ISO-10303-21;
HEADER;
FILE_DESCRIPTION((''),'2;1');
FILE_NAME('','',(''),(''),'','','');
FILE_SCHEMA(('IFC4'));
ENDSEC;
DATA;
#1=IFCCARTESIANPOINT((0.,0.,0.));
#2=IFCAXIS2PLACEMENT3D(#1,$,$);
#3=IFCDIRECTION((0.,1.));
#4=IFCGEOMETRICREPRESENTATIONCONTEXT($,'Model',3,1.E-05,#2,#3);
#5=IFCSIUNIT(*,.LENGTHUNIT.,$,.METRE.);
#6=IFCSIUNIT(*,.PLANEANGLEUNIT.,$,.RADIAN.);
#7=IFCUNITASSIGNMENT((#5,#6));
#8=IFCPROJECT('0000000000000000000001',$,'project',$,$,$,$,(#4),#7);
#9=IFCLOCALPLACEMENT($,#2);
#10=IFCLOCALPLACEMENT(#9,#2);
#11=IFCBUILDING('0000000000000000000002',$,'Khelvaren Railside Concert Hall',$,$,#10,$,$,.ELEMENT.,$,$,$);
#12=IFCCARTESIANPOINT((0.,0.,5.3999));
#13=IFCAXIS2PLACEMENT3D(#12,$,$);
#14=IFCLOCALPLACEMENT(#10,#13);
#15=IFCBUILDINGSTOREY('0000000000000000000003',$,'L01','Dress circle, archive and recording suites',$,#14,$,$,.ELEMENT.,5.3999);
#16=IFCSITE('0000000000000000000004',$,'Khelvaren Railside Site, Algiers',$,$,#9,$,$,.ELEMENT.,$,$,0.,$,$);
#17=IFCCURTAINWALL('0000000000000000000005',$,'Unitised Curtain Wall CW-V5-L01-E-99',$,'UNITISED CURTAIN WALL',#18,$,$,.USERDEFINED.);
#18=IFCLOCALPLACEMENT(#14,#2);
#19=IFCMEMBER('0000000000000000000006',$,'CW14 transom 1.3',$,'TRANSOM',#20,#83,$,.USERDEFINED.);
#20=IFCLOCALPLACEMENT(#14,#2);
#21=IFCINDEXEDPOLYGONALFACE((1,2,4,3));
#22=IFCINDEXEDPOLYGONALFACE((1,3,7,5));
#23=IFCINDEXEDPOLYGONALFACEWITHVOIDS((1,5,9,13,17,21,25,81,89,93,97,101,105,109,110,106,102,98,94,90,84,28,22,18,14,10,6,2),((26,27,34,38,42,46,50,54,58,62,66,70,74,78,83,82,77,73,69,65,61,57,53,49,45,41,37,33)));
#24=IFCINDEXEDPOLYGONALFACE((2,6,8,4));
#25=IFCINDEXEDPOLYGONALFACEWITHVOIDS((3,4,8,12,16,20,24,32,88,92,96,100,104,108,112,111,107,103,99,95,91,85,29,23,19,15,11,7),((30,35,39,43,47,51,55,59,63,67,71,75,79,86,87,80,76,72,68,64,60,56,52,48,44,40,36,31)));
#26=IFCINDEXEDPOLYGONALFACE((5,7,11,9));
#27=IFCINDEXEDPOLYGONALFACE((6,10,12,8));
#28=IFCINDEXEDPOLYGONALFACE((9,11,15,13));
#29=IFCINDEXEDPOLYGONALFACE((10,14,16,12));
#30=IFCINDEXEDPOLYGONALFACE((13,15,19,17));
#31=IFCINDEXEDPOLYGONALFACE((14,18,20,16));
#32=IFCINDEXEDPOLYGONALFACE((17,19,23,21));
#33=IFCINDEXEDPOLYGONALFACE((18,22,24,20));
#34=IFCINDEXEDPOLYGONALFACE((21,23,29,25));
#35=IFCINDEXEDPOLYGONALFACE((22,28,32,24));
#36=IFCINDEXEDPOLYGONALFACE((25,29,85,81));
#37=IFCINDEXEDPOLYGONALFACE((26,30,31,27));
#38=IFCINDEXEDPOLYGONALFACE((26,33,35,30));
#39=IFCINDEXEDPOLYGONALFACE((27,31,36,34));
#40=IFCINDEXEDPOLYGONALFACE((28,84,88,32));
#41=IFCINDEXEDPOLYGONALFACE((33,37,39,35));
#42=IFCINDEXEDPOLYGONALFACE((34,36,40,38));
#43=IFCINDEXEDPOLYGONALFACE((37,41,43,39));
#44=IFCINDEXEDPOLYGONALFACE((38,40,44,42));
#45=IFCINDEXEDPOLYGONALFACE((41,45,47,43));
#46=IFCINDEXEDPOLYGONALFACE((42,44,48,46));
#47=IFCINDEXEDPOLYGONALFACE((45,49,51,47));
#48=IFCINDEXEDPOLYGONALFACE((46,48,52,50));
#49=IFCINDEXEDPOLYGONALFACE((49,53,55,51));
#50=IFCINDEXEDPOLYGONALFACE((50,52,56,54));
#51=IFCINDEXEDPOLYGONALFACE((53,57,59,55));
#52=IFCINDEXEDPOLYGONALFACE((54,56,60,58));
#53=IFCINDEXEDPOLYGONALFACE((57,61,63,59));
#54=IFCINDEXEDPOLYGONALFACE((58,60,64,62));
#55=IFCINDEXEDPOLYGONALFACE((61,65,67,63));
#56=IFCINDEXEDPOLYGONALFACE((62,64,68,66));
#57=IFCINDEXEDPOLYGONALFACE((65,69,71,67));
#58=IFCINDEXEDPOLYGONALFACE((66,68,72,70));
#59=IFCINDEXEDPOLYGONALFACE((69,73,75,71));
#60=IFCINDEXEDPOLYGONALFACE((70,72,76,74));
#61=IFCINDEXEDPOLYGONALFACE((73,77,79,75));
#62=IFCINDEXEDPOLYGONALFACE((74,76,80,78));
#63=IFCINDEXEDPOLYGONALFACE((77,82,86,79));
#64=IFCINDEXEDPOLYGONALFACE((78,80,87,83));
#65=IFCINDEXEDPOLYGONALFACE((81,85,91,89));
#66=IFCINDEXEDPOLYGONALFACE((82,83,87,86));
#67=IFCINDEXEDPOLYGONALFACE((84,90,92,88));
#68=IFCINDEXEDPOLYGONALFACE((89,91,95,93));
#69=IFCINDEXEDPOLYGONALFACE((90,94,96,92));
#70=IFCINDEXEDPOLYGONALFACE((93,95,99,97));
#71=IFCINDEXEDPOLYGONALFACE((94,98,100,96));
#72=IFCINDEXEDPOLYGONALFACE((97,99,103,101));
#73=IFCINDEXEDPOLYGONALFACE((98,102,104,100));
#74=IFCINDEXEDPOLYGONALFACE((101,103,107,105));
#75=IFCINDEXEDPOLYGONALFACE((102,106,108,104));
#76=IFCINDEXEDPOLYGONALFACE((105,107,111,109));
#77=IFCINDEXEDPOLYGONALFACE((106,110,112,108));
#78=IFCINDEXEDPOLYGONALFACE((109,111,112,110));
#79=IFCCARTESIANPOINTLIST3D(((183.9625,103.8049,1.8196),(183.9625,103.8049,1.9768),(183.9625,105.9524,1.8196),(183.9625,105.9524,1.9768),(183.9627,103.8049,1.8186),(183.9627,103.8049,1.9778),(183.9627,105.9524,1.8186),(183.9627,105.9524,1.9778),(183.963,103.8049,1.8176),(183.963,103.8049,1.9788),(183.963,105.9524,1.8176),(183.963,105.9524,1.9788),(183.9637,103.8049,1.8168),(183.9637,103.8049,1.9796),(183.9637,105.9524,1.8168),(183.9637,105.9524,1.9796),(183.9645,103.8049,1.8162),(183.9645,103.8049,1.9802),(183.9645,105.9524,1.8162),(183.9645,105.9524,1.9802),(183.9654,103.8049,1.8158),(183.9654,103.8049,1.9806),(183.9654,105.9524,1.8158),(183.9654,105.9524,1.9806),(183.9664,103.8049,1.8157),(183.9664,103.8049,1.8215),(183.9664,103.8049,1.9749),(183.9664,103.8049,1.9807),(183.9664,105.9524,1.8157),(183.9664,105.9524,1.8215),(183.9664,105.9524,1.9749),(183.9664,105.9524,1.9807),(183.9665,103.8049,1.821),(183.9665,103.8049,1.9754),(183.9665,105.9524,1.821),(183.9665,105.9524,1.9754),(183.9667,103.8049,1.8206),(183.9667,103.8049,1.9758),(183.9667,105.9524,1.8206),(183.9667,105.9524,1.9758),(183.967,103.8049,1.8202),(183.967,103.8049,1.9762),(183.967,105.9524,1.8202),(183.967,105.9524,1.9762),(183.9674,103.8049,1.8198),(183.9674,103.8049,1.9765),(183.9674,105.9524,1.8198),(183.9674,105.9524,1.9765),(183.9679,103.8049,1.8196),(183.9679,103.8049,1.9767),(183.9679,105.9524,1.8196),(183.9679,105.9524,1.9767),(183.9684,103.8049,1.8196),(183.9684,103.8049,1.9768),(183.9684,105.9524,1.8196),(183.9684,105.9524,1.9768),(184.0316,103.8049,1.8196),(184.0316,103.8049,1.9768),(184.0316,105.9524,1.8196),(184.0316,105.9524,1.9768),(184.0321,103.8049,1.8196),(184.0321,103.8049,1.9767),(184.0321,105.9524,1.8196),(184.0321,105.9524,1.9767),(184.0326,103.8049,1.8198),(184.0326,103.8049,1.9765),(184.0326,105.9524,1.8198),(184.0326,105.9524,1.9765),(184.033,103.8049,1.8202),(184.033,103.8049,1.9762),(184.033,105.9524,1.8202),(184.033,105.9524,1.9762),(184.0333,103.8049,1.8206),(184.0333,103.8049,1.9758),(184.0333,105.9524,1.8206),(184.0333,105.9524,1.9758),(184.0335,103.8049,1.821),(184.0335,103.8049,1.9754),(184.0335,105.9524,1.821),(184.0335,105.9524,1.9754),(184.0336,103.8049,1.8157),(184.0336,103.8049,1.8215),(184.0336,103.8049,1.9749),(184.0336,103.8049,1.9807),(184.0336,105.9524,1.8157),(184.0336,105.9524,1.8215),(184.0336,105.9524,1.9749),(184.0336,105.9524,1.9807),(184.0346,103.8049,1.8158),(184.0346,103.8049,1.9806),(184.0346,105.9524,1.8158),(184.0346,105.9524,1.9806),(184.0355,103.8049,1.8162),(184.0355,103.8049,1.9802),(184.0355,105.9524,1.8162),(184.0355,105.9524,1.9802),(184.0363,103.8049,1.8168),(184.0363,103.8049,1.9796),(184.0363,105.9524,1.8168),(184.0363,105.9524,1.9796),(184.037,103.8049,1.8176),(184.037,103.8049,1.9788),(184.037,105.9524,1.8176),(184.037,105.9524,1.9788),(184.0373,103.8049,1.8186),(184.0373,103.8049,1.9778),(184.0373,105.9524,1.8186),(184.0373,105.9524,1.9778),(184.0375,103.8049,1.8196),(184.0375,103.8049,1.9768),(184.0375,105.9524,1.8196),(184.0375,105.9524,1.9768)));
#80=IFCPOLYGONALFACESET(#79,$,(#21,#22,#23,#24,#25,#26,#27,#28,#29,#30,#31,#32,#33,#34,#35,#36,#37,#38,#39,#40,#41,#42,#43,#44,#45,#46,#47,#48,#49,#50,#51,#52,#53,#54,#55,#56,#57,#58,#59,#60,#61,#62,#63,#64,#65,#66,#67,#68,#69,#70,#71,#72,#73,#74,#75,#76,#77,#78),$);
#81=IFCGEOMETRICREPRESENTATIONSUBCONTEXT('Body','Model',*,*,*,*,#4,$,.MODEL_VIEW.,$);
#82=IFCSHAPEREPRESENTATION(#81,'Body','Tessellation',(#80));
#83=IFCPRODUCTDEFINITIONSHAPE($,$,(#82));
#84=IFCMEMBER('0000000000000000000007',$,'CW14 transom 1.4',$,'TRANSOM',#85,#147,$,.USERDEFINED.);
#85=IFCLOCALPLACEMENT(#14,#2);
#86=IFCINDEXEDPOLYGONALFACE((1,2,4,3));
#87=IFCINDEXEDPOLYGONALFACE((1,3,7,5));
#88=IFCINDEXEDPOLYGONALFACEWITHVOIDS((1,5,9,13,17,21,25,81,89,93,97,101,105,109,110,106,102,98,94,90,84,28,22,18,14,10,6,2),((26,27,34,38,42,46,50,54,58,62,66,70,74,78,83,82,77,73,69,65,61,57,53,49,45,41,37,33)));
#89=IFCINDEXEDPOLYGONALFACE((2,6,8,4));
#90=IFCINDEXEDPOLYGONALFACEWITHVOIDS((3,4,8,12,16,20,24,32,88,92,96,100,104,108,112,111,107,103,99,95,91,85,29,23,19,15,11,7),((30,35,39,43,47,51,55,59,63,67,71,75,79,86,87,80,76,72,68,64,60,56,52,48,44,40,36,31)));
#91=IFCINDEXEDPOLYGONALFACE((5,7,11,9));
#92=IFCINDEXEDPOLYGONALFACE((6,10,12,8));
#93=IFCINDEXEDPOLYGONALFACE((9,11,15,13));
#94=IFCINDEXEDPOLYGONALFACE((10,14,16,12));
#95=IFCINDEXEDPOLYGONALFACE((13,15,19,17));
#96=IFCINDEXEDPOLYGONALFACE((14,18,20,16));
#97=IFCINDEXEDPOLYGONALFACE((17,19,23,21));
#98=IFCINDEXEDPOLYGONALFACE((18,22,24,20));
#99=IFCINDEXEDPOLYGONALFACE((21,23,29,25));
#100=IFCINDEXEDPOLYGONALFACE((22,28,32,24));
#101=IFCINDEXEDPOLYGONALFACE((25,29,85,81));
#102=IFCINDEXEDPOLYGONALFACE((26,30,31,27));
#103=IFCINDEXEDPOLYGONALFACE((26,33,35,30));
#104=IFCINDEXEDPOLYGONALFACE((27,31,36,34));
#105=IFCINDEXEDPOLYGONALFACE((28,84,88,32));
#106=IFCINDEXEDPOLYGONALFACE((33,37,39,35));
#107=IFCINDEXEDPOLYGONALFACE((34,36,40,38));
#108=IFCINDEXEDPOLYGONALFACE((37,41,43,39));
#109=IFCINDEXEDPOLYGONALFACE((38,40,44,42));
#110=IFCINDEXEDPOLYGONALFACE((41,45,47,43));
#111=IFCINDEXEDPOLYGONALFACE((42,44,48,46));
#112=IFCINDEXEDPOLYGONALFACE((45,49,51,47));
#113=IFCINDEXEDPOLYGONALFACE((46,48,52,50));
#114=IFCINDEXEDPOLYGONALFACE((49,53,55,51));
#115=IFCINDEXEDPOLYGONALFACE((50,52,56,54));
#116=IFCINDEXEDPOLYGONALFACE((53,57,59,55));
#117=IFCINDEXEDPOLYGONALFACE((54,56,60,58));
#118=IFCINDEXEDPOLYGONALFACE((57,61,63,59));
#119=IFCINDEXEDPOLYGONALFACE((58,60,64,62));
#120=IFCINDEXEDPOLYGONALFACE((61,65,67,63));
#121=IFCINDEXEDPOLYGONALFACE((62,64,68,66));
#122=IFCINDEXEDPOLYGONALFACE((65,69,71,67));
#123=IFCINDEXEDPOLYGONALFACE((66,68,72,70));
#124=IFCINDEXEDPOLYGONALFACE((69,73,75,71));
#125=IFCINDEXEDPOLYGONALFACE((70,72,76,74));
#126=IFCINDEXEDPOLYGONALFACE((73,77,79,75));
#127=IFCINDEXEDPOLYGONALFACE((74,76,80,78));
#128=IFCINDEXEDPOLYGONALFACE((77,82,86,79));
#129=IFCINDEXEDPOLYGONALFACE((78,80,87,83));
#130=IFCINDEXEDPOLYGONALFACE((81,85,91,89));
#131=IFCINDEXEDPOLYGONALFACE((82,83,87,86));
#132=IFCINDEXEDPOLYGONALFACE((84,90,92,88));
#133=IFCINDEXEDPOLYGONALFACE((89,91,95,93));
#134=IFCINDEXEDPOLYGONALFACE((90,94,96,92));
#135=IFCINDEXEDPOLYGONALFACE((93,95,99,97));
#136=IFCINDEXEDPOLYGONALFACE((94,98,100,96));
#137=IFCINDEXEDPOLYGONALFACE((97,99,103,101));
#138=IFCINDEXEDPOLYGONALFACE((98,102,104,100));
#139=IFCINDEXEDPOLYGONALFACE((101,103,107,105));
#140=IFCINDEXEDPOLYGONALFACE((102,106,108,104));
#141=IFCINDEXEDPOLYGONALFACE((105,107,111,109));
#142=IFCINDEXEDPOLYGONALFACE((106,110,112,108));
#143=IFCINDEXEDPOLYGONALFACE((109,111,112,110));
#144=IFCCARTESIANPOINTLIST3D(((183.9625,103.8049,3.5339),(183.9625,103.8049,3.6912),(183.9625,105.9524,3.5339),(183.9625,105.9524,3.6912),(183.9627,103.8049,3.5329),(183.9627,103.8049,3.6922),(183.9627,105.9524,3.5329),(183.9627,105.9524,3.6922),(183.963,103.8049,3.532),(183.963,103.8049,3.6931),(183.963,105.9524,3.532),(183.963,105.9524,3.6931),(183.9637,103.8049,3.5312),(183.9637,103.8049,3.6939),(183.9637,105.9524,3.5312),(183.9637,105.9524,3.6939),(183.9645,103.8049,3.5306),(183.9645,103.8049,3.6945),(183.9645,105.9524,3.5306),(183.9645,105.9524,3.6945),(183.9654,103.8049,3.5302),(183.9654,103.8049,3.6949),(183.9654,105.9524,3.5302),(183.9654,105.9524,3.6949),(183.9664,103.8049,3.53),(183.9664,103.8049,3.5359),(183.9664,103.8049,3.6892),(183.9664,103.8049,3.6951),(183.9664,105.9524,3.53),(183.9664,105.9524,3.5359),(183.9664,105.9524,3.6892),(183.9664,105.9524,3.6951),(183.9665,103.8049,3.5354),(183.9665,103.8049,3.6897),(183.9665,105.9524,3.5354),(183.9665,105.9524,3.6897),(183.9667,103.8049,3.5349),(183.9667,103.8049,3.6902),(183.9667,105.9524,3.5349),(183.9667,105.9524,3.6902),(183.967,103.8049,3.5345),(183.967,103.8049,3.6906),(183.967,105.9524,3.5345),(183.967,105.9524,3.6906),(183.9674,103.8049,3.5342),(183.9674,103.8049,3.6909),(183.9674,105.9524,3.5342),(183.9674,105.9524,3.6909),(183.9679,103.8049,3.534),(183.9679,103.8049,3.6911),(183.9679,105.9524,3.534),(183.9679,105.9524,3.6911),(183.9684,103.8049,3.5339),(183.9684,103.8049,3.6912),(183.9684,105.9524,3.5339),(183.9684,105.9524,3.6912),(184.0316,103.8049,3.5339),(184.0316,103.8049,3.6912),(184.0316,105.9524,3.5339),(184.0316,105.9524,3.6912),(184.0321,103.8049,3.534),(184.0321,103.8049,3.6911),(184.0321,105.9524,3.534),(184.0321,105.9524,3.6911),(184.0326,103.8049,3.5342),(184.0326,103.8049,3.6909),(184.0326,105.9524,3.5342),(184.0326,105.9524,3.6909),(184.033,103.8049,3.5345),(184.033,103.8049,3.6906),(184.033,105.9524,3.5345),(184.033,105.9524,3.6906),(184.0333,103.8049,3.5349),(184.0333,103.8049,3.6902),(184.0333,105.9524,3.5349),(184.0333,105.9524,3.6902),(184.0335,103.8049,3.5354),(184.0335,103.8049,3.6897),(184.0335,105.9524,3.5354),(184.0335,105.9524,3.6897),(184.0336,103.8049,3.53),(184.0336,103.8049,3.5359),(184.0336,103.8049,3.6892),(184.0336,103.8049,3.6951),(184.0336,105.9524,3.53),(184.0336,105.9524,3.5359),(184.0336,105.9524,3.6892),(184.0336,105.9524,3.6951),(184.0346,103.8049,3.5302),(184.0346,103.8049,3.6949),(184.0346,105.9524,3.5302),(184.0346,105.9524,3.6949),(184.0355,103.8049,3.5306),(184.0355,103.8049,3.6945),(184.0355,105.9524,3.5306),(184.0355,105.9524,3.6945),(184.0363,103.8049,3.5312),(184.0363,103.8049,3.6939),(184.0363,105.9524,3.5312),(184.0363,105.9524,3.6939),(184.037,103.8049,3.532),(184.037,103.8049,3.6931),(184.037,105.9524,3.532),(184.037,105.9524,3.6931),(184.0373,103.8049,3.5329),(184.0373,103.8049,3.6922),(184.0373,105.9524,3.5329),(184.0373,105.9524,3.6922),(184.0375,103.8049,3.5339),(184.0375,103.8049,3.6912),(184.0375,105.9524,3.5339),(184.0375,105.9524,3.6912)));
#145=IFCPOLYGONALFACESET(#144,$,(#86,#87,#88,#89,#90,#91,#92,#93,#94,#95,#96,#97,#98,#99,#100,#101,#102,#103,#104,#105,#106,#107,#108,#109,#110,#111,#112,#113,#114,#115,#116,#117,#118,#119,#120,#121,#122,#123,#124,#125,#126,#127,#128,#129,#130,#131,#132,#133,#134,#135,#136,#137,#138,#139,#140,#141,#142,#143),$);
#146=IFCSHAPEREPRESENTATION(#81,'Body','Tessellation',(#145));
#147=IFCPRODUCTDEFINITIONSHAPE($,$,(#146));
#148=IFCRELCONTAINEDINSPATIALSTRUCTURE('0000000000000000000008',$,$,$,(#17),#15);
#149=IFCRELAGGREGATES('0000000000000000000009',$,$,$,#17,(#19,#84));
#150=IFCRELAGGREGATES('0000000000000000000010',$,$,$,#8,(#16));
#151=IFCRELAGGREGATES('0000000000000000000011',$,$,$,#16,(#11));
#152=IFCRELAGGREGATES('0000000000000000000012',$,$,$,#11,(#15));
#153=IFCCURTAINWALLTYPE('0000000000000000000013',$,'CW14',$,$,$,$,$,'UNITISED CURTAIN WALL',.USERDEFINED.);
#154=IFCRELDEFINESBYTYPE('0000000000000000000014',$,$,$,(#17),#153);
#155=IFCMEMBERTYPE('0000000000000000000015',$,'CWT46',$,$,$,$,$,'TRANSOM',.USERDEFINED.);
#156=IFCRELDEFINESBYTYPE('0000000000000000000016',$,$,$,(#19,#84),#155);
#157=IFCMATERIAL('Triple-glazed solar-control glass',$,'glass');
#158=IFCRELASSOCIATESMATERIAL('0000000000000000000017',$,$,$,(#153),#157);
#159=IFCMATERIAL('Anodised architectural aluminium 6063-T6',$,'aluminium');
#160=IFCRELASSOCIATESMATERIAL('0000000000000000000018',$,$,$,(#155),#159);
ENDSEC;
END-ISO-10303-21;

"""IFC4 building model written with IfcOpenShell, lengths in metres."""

from ifc_helpers import new_model, si_unit, direction, frame, origin, origin_2d, place, context, subcontext, project, spatial, hollow_rectangle, extrude, material, material_profile, profile_set, type_object, element, aggregate, save


model = new_model("IFC4")

# Units and contexts
model_context = context("Model", 3, precision=1e-05, world=origin(), true_north=direction((0.0, 1.0)))
body_context = subcontext(model_context, "Body", "Model", "MODEL_VIEW")
ifc_project = project(units=[si_unit("LENGTHUNIT", "METRE"), si_unit("PLANEANGLEUNIT", "RADIAN")], contexts=[model_context])

# Site, building, storey
site_placement = place(None, origin())
site = spatial("IfcSite", under=ifc_project, at=site_placement, Name="Khelvaren Railside Site, Algiers", CompositionType="ELEMENT", RefElevation=0.0)
building_placement = place(site_placement, origin())
building = spatial("IfcBuilding", under=site, at=building_placement, Name="Khelvaren Railside Concert Hall", CompositionType="ELEMENT")
storey_placement = place(building_placement, frame((0.0, 0.0, 5.3999)))
storey = spatial("IfcBuildingStorey", under=building, at=storey_placement, Name="L01", Description="Dress circle, archive and recording suites", CompositionType="ELEMENT", Elevation=5.3999)

# Curtain wall, members
ifc_material_1 = material(Name="Triple-glazed solar-control glass", Category="glass")
curtain_wall_type = type_object("IfcCurtainWallType", Name="CW14", ElementType="UNITISED CURTAIN WALL", PredefinedType="USERDEFINED", material=ifc_material_1)
curtain_wall_placement = place(storey_placement, origin())
curtain_wall = element("IfcCurtainWall", 1, at=curtain_wall_placement, inside=storey, type_object=curtain_wall_type, Name="Unitised Curtain Wall CW-V5-L01-E-99", ObjectType="UNITISED CURTAIN WALL", PredefinedType="USERDEFINED")
ifc_material_2 = material(Name="Anodised architectural aluminium 6063-T6", Category="aluminium")
ifc_material_profile_1 = material_profile(ifc_material_2, hollow_rectangle(XDim=0.075, YDim=0.165, WallThickness=0.0039, InnerFilletRadius=0.002, OuterFilletRadius=0.0039, at=origin_2d()), Name="CWT 75x165x4")
ifc_profile_set_1 = profile_set([ifc_material_profile_1], Name="Anodised architectural aluminium 6063-T6")
member_type_1 = type_object("IfcMemberType", Name="CWT46", ElementType="TRANSOM", PredefinedType="USERDEFINED", material=ifc_profile_set_1)
member_1_placement = place(storey_placement, frame((184.0, 105.9524, 1.8982), z_axis=(0.0, -1.0, 0.0), x_axis=(1.0, 0.0, 0.0)))
member_1 = element("IfcMember", 2, at=member_1_placement, type_object=member_type_1, Name="CW14 transom 1.3", ObjectType="TRANSOM", PredefinedType="USERDEFINED", context=body_context, shape_type="SweptSolid", body=[
    extrude(hollow_rectangle(XDim=0.075, YDim=0.165, WallThickness=0.0039, InnerFilletRadius=0.002, OuterFilletRadius=0.0039, at=origin_2d()), origin(), (0.0, 0.0, 1.0), 2.1475),
])
member_2_placement = place(storey_placement, frame((184.0, 105.9524, 3.6125), z_axis=(0.0, -1.0, 0.0), x_axis=(1.0, 0.0, 0.0)))
member_2 = element("IfcMember", 3, at=member_2_placement, type_object=member_type_1, Name="CW14 transom 1.4", ObjectType="TRANSOM", PredefinedType="USERDEFINED", context=body_context, shape_type="SweptSolid", body=[
    extrude(hollow_rectangle(XDim=0.075, YDim=0.165, WallThickness=0.0039, InnerFilletRadius=0.002, OuterFilletRadius=0.0039, at=origin_2d()), origin(), (0.0, 0.0, 1.0), 2.1475),
])

aggregate(curtain_wall, [member_1, member_2])

save(model, "model.ifc")
